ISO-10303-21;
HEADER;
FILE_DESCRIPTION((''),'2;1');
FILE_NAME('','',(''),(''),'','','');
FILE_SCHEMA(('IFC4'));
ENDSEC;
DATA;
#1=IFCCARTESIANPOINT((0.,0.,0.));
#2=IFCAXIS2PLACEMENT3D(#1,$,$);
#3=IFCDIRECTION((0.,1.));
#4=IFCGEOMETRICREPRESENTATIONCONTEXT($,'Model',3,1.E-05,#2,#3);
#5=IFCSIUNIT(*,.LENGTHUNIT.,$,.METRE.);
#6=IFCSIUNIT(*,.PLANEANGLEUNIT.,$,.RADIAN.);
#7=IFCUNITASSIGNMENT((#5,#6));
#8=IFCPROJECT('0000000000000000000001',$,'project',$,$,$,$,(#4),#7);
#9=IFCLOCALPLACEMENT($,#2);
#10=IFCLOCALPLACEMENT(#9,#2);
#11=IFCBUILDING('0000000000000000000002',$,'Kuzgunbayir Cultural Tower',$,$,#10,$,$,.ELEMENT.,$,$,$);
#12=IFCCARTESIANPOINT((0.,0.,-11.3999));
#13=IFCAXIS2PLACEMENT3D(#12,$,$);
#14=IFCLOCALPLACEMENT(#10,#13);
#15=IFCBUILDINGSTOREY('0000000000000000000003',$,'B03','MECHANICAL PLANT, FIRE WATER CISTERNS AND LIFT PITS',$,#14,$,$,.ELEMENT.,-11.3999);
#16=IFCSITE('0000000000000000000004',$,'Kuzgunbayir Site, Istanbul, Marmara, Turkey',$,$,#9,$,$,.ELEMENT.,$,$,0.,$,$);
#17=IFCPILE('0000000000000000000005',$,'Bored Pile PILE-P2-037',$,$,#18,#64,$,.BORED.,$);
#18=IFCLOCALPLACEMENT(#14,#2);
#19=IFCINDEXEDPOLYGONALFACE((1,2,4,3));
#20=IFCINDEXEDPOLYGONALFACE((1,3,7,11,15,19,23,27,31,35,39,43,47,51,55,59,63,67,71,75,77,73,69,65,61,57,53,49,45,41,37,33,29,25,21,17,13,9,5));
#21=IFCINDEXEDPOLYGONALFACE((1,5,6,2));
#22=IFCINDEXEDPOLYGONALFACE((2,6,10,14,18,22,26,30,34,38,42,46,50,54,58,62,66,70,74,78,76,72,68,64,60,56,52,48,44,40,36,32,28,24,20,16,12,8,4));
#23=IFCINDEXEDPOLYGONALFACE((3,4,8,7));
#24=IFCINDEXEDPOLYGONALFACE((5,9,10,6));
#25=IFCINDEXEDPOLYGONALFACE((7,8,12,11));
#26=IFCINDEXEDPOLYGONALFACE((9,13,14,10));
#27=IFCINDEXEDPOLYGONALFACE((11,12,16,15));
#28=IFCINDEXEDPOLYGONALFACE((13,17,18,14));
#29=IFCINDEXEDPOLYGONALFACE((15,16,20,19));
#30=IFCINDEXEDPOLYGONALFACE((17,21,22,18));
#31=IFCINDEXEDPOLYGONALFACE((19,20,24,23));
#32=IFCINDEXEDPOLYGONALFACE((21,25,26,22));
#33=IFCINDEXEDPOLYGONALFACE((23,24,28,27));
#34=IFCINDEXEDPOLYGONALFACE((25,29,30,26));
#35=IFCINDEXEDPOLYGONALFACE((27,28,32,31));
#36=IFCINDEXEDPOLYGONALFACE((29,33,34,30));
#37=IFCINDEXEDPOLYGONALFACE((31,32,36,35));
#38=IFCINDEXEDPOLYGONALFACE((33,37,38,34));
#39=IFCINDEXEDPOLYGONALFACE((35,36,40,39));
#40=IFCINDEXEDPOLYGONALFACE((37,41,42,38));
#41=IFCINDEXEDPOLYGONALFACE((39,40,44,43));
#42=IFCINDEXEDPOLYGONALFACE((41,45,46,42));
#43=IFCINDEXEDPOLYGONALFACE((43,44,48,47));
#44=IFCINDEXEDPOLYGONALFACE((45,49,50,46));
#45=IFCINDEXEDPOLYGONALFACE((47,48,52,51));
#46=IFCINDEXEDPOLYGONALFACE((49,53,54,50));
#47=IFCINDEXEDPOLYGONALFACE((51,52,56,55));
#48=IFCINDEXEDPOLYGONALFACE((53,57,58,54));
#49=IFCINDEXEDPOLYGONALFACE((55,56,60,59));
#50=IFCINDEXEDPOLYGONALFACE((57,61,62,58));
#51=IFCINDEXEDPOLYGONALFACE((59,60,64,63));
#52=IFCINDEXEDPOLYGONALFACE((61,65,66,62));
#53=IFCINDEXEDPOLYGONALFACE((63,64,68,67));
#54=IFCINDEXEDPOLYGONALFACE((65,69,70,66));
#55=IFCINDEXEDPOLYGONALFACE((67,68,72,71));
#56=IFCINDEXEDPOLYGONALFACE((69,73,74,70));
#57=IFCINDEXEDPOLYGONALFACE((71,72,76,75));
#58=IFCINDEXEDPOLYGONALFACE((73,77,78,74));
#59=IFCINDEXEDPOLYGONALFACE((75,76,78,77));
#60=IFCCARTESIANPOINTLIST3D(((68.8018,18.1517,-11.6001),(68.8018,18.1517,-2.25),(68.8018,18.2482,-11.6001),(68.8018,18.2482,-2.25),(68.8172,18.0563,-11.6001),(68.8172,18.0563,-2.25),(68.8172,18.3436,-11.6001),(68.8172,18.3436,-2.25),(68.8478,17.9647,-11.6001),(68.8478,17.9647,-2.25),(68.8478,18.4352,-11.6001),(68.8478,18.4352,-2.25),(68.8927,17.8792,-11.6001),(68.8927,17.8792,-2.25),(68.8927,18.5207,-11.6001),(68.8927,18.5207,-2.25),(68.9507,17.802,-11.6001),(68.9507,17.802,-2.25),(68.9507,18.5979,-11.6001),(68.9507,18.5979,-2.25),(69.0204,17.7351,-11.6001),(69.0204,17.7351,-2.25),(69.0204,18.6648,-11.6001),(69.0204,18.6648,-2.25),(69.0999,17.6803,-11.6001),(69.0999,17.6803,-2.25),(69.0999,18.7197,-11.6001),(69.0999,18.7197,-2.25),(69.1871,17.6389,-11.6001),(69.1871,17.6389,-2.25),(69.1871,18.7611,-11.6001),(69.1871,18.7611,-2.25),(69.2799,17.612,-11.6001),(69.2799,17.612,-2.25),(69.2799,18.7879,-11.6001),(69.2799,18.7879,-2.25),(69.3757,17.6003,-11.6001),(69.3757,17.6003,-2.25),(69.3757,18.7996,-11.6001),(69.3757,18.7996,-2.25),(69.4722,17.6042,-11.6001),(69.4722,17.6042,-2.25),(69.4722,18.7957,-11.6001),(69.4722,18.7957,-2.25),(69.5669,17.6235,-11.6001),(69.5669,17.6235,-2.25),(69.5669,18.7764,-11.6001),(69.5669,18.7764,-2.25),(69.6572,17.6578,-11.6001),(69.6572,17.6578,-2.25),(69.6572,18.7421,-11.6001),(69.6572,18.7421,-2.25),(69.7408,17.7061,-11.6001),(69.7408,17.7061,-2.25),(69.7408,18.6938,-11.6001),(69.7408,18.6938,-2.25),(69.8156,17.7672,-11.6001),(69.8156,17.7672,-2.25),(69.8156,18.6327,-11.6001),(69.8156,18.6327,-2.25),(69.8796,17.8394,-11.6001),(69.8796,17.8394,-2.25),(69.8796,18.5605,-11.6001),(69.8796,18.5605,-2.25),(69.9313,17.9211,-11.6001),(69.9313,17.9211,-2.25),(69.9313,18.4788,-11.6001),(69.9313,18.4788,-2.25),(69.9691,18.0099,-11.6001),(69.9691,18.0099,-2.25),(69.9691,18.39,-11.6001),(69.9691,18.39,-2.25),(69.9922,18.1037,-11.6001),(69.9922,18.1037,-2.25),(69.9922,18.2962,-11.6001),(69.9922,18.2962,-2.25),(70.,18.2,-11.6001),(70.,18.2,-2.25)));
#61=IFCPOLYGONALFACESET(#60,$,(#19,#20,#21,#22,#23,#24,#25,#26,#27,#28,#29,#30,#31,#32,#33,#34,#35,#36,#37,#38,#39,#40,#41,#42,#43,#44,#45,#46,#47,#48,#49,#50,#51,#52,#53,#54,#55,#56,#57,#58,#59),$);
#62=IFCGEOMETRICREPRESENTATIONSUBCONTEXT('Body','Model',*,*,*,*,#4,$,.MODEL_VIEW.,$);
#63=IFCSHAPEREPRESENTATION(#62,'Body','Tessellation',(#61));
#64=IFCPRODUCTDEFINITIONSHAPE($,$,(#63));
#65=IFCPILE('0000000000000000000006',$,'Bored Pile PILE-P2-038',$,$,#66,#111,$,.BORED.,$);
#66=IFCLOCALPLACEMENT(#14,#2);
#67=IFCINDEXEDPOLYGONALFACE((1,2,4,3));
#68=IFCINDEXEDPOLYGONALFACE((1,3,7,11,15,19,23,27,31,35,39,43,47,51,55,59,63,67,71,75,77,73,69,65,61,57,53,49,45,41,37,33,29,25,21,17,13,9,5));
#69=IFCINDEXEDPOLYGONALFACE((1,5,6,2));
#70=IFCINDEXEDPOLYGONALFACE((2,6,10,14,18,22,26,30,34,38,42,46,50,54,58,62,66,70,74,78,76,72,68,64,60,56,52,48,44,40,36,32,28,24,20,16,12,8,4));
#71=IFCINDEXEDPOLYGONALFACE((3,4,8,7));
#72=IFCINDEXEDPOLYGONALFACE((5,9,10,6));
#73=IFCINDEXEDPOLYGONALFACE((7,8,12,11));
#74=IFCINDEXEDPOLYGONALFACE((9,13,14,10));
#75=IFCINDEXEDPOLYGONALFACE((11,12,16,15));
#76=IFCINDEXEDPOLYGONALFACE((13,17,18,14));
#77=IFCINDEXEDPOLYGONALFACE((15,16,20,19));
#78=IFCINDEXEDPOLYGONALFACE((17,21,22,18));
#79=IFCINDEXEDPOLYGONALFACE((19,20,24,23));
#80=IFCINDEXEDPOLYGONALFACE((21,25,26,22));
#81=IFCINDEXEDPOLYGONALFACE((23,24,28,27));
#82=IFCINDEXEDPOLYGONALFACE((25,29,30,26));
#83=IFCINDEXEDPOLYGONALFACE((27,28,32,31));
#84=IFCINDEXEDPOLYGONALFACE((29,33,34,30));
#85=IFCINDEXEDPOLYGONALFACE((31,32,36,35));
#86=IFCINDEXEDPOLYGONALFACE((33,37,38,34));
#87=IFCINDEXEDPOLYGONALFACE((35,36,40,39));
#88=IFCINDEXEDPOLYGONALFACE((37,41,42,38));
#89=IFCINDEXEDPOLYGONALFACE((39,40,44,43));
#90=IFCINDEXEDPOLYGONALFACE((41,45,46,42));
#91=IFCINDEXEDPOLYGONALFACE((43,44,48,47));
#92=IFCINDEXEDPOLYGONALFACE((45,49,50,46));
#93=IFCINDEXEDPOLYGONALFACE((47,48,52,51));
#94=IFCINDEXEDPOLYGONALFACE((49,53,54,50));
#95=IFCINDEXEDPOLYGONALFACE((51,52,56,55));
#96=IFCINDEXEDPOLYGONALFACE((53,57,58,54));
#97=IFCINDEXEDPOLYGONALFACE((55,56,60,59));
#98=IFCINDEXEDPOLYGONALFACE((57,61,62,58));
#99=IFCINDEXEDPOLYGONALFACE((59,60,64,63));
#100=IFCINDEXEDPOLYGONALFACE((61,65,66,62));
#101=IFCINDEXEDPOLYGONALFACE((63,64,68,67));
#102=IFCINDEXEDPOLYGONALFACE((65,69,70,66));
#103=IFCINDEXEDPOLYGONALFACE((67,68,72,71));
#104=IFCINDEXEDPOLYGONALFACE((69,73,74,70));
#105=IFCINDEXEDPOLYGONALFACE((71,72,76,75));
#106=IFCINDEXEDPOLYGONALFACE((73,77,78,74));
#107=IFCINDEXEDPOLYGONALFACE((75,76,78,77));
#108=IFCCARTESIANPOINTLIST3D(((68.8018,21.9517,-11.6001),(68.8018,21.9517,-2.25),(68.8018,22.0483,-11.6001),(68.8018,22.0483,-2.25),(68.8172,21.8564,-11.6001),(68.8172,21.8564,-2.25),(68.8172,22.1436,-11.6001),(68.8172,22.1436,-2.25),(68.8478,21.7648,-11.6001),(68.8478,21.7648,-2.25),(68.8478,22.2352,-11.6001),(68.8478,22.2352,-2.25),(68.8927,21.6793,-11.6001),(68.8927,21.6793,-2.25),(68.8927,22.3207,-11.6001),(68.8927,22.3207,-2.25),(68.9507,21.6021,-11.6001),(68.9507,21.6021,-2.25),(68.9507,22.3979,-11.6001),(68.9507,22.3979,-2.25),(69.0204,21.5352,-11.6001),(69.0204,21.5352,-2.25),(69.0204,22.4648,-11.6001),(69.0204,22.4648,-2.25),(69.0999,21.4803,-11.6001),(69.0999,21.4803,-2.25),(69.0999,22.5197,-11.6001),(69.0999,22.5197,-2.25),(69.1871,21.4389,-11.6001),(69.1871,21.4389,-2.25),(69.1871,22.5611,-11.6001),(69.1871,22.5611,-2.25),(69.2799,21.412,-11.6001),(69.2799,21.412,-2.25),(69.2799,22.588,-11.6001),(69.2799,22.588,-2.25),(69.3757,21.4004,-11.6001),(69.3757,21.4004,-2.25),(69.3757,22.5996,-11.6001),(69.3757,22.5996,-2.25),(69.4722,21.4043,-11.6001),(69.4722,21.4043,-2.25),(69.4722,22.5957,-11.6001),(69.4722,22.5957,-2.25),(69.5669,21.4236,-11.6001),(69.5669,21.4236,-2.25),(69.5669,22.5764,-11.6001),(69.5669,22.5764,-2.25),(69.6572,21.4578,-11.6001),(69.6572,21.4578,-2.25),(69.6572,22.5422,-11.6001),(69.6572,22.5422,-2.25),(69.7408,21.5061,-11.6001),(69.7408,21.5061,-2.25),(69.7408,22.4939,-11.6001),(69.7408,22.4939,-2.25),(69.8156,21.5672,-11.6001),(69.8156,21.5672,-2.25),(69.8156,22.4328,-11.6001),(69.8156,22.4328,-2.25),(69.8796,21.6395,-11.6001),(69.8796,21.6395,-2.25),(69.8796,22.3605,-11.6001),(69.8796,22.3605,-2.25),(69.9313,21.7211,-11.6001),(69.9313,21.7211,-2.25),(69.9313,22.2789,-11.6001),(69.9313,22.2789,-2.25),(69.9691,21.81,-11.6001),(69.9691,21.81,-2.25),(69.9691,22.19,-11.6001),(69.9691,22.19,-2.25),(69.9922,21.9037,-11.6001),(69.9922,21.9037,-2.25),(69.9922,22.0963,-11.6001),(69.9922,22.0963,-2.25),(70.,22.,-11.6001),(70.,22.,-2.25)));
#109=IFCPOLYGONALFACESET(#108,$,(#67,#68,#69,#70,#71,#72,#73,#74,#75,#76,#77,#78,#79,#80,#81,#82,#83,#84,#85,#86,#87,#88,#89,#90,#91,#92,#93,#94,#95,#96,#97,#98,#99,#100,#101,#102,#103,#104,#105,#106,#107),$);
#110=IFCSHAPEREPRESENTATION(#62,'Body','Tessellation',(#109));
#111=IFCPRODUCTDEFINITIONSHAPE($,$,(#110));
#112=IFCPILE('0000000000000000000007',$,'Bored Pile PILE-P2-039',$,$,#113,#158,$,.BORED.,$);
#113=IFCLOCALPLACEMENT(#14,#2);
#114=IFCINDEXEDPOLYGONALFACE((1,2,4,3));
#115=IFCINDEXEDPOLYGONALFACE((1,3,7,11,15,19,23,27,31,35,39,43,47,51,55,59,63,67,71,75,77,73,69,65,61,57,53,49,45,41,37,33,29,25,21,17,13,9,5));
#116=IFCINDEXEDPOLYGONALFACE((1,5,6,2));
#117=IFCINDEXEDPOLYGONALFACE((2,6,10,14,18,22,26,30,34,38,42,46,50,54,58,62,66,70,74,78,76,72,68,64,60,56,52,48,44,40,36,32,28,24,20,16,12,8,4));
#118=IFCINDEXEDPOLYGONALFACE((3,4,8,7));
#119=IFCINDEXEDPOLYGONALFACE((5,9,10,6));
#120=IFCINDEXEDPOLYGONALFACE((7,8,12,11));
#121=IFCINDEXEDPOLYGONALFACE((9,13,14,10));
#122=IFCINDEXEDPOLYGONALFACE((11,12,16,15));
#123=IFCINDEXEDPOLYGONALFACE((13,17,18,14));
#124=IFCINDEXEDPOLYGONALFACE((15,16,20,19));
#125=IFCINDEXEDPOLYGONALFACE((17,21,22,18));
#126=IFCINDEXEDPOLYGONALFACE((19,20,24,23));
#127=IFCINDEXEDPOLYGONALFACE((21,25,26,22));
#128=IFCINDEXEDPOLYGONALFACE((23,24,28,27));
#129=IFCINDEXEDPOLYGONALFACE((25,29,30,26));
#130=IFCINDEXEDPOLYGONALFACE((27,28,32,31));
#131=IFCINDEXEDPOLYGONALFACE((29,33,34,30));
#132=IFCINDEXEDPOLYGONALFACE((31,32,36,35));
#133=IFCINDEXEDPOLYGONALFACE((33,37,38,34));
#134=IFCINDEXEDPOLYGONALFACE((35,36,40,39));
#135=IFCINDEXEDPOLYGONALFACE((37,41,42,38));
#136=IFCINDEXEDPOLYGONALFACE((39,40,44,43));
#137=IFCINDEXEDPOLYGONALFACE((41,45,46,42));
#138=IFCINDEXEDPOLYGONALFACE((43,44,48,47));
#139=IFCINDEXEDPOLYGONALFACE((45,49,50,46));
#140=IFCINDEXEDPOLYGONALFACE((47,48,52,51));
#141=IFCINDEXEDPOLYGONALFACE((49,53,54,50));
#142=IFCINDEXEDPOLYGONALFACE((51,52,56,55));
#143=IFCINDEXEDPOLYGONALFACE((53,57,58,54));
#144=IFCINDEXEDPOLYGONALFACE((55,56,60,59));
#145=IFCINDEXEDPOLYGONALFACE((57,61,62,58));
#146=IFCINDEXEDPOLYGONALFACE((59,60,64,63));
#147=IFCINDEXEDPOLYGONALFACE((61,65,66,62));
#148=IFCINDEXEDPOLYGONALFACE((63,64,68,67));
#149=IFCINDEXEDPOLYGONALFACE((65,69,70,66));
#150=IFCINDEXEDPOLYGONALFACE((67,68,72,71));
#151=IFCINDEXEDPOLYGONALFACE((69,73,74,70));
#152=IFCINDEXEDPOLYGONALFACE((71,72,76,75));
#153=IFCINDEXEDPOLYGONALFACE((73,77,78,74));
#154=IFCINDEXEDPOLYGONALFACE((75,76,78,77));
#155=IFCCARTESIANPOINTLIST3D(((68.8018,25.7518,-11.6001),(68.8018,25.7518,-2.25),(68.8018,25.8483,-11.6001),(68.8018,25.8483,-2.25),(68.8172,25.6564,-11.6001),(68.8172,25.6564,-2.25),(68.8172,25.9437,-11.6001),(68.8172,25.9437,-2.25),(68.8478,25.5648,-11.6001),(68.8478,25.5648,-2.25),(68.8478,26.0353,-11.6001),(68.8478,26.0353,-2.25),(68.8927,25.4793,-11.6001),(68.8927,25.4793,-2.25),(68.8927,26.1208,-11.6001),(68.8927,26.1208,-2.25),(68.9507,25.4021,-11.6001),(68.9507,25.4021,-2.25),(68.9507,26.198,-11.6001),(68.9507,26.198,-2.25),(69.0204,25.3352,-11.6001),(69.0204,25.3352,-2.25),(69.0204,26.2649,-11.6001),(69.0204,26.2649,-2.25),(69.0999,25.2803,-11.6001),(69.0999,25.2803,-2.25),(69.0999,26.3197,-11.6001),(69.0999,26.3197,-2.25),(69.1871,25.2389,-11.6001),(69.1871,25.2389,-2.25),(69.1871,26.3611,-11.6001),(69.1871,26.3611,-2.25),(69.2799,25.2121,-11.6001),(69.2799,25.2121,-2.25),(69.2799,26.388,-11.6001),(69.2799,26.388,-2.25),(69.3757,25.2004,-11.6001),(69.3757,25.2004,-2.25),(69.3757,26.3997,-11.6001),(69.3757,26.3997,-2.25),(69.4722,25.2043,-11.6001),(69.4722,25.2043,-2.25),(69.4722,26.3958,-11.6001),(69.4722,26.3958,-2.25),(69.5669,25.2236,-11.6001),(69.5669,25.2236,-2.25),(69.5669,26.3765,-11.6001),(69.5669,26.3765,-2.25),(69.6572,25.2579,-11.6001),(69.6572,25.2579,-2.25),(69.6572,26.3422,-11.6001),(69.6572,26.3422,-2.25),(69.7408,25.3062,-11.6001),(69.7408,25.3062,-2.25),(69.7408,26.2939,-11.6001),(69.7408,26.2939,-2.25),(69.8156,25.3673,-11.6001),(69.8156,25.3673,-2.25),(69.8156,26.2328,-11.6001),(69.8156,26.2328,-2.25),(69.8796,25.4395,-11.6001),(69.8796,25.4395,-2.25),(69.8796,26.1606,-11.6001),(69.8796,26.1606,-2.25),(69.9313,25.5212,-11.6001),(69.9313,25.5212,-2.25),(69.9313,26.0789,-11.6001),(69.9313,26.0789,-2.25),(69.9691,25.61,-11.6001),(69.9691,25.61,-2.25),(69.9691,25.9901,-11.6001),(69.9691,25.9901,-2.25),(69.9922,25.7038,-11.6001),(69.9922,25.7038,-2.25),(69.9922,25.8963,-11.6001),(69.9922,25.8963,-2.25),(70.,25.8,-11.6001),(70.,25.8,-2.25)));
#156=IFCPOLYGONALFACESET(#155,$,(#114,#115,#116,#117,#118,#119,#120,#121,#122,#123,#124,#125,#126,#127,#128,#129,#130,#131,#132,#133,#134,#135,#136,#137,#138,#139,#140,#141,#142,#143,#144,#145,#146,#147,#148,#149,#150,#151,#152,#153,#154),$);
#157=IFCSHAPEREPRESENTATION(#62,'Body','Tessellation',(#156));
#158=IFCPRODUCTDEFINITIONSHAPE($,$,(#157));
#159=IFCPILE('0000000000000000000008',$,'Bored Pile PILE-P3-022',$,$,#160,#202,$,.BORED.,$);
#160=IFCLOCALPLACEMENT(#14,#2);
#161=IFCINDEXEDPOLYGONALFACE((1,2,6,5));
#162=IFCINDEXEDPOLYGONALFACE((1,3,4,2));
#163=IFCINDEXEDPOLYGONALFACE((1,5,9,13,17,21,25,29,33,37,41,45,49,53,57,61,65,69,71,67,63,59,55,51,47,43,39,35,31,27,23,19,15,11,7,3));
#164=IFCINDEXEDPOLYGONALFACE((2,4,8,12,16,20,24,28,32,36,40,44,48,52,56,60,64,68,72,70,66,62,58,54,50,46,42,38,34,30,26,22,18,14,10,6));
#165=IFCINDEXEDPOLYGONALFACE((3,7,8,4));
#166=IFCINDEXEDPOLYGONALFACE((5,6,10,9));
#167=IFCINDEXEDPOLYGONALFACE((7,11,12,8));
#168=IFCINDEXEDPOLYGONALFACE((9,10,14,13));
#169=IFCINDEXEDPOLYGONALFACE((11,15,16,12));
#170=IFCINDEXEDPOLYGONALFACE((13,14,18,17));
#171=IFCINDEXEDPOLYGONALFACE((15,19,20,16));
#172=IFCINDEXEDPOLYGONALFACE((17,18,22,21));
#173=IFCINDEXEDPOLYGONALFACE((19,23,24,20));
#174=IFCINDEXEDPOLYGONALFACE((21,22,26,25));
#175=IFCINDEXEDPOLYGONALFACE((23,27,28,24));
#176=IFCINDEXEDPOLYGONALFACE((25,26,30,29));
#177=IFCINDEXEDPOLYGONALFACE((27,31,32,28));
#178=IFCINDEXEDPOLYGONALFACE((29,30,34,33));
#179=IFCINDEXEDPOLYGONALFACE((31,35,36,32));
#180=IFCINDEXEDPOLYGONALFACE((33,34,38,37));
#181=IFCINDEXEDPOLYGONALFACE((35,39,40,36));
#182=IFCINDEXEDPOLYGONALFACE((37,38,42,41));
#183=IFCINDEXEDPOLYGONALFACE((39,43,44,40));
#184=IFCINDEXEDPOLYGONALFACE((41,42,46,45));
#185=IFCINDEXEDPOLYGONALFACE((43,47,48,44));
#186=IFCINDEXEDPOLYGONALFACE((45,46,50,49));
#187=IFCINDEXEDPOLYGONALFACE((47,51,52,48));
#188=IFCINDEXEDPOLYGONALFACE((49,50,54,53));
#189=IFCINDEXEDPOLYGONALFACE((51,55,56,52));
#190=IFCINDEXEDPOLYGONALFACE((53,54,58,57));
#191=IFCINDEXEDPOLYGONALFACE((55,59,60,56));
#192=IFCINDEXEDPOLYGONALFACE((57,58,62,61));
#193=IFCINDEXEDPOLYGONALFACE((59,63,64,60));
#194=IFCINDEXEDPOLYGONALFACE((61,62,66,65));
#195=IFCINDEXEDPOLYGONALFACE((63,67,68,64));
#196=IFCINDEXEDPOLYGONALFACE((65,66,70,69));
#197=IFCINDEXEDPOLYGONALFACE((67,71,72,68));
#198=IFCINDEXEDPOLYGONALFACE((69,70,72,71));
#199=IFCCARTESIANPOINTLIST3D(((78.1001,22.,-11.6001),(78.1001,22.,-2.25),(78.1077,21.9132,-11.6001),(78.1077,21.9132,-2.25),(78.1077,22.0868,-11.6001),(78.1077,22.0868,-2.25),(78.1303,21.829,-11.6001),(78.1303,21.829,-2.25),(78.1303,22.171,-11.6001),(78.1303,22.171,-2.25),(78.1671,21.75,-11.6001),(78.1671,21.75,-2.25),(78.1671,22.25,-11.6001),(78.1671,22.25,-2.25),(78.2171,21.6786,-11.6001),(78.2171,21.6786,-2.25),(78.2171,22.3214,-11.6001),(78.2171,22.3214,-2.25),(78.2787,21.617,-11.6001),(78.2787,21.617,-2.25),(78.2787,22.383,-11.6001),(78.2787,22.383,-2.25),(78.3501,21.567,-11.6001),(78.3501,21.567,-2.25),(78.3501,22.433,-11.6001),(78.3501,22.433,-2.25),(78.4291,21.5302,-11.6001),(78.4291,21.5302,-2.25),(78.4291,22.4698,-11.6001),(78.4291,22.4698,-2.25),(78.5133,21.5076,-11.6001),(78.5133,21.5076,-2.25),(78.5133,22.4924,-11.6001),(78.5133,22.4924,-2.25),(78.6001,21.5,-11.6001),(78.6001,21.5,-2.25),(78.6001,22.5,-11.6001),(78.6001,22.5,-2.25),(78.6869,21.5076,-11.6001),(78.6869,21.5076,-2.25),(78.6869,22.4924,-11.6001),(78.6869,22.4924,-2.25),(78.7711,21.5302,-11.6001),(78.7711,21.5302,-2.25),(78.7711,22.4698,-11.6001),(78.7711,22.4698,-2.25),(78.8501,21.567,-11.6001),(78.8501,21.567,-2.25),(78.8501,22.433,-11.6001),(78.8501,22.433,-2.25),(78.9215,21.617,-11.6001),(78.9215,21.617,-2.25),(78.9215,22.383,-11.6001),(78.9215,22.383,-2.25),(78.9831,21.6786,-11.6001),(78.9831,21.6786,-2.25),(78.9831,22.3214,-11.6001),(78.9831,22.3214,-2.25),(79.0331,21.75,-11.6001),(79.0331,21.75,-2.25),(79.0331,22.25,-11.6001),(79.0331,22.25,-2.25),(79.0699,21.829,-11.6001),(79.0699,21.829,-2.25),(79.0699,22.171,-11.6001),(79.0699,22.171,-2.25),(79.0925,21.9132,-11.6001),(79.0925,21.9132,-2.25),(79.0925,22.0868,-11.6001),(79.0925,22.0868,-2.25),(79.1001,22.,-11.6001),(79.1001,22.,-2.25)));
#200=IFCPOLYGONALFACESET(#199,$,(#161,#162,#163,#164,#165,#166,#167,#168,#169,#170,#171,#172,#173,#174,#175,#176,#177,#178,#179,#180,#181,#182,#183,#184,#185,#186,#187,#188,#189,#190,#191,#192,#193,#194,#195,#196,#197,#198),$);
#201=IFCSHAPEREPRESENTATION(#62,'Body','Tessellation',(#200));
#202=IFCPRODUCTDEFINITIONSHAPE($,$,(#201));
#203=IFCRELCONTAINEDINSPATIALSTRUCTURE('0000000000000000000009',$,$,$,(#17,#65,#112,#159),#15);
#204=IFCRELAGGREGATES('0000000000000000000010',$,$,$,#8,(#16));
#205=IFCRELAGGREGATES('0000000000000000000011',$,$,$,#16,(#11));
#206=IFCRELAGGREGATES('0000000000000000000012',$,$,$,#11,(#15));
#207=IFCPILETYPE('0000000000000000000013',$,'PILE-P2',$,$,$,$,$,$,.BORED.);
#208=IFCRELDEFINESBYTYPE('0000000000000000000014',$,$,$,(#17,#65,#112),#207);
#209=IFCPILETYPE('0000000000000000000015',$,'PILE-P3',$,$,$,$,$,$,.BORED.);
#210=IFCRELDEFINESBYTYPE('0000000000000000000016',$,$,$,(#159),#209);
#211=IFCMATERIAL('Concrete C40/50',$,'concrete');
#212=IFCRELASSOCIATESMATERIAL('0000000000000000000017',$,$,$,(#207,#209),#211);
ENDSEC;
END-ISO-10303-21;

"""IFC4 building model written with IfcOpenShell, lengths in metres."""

from ifc_helpers import new_model, si_unit, direction, frame, origin, origin_2d, place, context, subcontext, project, spatial, circle, extrude, material, material_profile, profile_set, type_object, element, save


model = new_model("IFC4")

# Units and contexts
model_context = context("Model", 3, precision=1e-05, world=origin(), true_north=direction((0.0, 1.0)))
body_context = subcontext(model_context, "Body", "Model", "MODEL_VIEW")
ifc_project = project(units=[si_unit("LENGTHUNIT", "METRE"), si_unit("PLANEANGLEUNIT", "RADIAN")], contexts=[model_context])

# Site, building, storey
site_placement = place(None, origin())
site = spatial("IfcSite", under=ifc_project, at=site_placement, Name="Kuzgunbayir Site, Istanbul, Marmara, Turkey", CompositionType="ELEMENT", RefElevation=0.0)
building_placement = place(site_placement, origin())
building = spatial("IfcBuilding", under=site, at=building_placement, Name="Kuzgunbayir Cultural Tower", CompositionType="ELEMENT")
storey_placement = place(building_placement, frame((0.0, 0.0, -11.3999)))
storey = spatial("IfcBuildingStorey", under=building, at=storey_placement, Name="B03", Description="MECHANICAL PLANT, FIRE WATER CISTERNS AND LIFT PITS", CompositionType="ELEMENT", Elevation=-11.3999)

# Piles
ifc_material_1 = material(Name="Concrete C40/50", Category="concrete")
ifc_material_profile_1 = material_profile(ifc_material_1, circle(Radius=0.6001, at=origin_2d()), Name="BORED PILE 1200")
ifc_profile_set_1 = profile_set([ifc_material_profile_1], Name="Concrete C40/50")
pile_type_1 = type_object("IfcPileType", Name="PILE-P2", PredefinedType="BORED", material=ifc_profile_set_1)
for number, where, z_axis, x_axis, name in (
    (1, (69.3999, 18.2, -2.25), (0.0, 0.0, -1.0), (1.0, 0.0, 0.0), "Bored Pile PILE-P2-037"),
    (2, (69.3999, 22.0, -2.25), (0.0, 0.0, -1.0), (1.0, 0.0, 0.0), "Bored Pile PILE-P2-038"),
    (3, (69.3999, 25.8, -2.25), (0.0, 0.0, -1.0), (1.0, 0.0, 0.0), "Bored Pile PILE-P2-039"),
):
    element("IfcPile", number, at=place(storey_placement, frame(where, z_axis=z_axis, x_axis=x_axis)), inside=storey, type_object=pile_type_1, Name=name, PredefinedType="BORED", context=body_context, shape_type="SweptSolid", body=[
        extrude(circle(Radius=0.6001, at=origin_2d()), origin(), (0.0, 0.0, 1.0), 9.3501),
    ])
ifc_material_profile_2 = material_profile(ifc_material_1, circle(Radius=0.5, at=origin_2d()), Name="BORED PILE 1000")
ifc_profile_set_2 = profile_set([ifc_material_profile_2], Name="Concrete C40/50")
pile_type_2 = type_object("IfcPileType", Name="PILE-P3", PredefinedType="BORED", material=ifc_profile_set_2)
pile_placement = place(storey_placement, frame((78.6001, 22.0, -2.25), z_axis=(0.0, 0.0, -1.0), x_axis=(1.0, 0.0, 0.0)))
element("IfcPile", 4, at=pile_placement, inside=storey, type_object=pile_type_2, Name="Bored Pile PILE-P3-022", PredefinedType="BORED", context=body_context, shape_type="SweptSolid", body=[
    extrude(circle(Radius=0.5, at=origin_2d()), origin(), (0.0, 0.0, 1.0), 9.3501),
])

save(model, "model.ifc")
